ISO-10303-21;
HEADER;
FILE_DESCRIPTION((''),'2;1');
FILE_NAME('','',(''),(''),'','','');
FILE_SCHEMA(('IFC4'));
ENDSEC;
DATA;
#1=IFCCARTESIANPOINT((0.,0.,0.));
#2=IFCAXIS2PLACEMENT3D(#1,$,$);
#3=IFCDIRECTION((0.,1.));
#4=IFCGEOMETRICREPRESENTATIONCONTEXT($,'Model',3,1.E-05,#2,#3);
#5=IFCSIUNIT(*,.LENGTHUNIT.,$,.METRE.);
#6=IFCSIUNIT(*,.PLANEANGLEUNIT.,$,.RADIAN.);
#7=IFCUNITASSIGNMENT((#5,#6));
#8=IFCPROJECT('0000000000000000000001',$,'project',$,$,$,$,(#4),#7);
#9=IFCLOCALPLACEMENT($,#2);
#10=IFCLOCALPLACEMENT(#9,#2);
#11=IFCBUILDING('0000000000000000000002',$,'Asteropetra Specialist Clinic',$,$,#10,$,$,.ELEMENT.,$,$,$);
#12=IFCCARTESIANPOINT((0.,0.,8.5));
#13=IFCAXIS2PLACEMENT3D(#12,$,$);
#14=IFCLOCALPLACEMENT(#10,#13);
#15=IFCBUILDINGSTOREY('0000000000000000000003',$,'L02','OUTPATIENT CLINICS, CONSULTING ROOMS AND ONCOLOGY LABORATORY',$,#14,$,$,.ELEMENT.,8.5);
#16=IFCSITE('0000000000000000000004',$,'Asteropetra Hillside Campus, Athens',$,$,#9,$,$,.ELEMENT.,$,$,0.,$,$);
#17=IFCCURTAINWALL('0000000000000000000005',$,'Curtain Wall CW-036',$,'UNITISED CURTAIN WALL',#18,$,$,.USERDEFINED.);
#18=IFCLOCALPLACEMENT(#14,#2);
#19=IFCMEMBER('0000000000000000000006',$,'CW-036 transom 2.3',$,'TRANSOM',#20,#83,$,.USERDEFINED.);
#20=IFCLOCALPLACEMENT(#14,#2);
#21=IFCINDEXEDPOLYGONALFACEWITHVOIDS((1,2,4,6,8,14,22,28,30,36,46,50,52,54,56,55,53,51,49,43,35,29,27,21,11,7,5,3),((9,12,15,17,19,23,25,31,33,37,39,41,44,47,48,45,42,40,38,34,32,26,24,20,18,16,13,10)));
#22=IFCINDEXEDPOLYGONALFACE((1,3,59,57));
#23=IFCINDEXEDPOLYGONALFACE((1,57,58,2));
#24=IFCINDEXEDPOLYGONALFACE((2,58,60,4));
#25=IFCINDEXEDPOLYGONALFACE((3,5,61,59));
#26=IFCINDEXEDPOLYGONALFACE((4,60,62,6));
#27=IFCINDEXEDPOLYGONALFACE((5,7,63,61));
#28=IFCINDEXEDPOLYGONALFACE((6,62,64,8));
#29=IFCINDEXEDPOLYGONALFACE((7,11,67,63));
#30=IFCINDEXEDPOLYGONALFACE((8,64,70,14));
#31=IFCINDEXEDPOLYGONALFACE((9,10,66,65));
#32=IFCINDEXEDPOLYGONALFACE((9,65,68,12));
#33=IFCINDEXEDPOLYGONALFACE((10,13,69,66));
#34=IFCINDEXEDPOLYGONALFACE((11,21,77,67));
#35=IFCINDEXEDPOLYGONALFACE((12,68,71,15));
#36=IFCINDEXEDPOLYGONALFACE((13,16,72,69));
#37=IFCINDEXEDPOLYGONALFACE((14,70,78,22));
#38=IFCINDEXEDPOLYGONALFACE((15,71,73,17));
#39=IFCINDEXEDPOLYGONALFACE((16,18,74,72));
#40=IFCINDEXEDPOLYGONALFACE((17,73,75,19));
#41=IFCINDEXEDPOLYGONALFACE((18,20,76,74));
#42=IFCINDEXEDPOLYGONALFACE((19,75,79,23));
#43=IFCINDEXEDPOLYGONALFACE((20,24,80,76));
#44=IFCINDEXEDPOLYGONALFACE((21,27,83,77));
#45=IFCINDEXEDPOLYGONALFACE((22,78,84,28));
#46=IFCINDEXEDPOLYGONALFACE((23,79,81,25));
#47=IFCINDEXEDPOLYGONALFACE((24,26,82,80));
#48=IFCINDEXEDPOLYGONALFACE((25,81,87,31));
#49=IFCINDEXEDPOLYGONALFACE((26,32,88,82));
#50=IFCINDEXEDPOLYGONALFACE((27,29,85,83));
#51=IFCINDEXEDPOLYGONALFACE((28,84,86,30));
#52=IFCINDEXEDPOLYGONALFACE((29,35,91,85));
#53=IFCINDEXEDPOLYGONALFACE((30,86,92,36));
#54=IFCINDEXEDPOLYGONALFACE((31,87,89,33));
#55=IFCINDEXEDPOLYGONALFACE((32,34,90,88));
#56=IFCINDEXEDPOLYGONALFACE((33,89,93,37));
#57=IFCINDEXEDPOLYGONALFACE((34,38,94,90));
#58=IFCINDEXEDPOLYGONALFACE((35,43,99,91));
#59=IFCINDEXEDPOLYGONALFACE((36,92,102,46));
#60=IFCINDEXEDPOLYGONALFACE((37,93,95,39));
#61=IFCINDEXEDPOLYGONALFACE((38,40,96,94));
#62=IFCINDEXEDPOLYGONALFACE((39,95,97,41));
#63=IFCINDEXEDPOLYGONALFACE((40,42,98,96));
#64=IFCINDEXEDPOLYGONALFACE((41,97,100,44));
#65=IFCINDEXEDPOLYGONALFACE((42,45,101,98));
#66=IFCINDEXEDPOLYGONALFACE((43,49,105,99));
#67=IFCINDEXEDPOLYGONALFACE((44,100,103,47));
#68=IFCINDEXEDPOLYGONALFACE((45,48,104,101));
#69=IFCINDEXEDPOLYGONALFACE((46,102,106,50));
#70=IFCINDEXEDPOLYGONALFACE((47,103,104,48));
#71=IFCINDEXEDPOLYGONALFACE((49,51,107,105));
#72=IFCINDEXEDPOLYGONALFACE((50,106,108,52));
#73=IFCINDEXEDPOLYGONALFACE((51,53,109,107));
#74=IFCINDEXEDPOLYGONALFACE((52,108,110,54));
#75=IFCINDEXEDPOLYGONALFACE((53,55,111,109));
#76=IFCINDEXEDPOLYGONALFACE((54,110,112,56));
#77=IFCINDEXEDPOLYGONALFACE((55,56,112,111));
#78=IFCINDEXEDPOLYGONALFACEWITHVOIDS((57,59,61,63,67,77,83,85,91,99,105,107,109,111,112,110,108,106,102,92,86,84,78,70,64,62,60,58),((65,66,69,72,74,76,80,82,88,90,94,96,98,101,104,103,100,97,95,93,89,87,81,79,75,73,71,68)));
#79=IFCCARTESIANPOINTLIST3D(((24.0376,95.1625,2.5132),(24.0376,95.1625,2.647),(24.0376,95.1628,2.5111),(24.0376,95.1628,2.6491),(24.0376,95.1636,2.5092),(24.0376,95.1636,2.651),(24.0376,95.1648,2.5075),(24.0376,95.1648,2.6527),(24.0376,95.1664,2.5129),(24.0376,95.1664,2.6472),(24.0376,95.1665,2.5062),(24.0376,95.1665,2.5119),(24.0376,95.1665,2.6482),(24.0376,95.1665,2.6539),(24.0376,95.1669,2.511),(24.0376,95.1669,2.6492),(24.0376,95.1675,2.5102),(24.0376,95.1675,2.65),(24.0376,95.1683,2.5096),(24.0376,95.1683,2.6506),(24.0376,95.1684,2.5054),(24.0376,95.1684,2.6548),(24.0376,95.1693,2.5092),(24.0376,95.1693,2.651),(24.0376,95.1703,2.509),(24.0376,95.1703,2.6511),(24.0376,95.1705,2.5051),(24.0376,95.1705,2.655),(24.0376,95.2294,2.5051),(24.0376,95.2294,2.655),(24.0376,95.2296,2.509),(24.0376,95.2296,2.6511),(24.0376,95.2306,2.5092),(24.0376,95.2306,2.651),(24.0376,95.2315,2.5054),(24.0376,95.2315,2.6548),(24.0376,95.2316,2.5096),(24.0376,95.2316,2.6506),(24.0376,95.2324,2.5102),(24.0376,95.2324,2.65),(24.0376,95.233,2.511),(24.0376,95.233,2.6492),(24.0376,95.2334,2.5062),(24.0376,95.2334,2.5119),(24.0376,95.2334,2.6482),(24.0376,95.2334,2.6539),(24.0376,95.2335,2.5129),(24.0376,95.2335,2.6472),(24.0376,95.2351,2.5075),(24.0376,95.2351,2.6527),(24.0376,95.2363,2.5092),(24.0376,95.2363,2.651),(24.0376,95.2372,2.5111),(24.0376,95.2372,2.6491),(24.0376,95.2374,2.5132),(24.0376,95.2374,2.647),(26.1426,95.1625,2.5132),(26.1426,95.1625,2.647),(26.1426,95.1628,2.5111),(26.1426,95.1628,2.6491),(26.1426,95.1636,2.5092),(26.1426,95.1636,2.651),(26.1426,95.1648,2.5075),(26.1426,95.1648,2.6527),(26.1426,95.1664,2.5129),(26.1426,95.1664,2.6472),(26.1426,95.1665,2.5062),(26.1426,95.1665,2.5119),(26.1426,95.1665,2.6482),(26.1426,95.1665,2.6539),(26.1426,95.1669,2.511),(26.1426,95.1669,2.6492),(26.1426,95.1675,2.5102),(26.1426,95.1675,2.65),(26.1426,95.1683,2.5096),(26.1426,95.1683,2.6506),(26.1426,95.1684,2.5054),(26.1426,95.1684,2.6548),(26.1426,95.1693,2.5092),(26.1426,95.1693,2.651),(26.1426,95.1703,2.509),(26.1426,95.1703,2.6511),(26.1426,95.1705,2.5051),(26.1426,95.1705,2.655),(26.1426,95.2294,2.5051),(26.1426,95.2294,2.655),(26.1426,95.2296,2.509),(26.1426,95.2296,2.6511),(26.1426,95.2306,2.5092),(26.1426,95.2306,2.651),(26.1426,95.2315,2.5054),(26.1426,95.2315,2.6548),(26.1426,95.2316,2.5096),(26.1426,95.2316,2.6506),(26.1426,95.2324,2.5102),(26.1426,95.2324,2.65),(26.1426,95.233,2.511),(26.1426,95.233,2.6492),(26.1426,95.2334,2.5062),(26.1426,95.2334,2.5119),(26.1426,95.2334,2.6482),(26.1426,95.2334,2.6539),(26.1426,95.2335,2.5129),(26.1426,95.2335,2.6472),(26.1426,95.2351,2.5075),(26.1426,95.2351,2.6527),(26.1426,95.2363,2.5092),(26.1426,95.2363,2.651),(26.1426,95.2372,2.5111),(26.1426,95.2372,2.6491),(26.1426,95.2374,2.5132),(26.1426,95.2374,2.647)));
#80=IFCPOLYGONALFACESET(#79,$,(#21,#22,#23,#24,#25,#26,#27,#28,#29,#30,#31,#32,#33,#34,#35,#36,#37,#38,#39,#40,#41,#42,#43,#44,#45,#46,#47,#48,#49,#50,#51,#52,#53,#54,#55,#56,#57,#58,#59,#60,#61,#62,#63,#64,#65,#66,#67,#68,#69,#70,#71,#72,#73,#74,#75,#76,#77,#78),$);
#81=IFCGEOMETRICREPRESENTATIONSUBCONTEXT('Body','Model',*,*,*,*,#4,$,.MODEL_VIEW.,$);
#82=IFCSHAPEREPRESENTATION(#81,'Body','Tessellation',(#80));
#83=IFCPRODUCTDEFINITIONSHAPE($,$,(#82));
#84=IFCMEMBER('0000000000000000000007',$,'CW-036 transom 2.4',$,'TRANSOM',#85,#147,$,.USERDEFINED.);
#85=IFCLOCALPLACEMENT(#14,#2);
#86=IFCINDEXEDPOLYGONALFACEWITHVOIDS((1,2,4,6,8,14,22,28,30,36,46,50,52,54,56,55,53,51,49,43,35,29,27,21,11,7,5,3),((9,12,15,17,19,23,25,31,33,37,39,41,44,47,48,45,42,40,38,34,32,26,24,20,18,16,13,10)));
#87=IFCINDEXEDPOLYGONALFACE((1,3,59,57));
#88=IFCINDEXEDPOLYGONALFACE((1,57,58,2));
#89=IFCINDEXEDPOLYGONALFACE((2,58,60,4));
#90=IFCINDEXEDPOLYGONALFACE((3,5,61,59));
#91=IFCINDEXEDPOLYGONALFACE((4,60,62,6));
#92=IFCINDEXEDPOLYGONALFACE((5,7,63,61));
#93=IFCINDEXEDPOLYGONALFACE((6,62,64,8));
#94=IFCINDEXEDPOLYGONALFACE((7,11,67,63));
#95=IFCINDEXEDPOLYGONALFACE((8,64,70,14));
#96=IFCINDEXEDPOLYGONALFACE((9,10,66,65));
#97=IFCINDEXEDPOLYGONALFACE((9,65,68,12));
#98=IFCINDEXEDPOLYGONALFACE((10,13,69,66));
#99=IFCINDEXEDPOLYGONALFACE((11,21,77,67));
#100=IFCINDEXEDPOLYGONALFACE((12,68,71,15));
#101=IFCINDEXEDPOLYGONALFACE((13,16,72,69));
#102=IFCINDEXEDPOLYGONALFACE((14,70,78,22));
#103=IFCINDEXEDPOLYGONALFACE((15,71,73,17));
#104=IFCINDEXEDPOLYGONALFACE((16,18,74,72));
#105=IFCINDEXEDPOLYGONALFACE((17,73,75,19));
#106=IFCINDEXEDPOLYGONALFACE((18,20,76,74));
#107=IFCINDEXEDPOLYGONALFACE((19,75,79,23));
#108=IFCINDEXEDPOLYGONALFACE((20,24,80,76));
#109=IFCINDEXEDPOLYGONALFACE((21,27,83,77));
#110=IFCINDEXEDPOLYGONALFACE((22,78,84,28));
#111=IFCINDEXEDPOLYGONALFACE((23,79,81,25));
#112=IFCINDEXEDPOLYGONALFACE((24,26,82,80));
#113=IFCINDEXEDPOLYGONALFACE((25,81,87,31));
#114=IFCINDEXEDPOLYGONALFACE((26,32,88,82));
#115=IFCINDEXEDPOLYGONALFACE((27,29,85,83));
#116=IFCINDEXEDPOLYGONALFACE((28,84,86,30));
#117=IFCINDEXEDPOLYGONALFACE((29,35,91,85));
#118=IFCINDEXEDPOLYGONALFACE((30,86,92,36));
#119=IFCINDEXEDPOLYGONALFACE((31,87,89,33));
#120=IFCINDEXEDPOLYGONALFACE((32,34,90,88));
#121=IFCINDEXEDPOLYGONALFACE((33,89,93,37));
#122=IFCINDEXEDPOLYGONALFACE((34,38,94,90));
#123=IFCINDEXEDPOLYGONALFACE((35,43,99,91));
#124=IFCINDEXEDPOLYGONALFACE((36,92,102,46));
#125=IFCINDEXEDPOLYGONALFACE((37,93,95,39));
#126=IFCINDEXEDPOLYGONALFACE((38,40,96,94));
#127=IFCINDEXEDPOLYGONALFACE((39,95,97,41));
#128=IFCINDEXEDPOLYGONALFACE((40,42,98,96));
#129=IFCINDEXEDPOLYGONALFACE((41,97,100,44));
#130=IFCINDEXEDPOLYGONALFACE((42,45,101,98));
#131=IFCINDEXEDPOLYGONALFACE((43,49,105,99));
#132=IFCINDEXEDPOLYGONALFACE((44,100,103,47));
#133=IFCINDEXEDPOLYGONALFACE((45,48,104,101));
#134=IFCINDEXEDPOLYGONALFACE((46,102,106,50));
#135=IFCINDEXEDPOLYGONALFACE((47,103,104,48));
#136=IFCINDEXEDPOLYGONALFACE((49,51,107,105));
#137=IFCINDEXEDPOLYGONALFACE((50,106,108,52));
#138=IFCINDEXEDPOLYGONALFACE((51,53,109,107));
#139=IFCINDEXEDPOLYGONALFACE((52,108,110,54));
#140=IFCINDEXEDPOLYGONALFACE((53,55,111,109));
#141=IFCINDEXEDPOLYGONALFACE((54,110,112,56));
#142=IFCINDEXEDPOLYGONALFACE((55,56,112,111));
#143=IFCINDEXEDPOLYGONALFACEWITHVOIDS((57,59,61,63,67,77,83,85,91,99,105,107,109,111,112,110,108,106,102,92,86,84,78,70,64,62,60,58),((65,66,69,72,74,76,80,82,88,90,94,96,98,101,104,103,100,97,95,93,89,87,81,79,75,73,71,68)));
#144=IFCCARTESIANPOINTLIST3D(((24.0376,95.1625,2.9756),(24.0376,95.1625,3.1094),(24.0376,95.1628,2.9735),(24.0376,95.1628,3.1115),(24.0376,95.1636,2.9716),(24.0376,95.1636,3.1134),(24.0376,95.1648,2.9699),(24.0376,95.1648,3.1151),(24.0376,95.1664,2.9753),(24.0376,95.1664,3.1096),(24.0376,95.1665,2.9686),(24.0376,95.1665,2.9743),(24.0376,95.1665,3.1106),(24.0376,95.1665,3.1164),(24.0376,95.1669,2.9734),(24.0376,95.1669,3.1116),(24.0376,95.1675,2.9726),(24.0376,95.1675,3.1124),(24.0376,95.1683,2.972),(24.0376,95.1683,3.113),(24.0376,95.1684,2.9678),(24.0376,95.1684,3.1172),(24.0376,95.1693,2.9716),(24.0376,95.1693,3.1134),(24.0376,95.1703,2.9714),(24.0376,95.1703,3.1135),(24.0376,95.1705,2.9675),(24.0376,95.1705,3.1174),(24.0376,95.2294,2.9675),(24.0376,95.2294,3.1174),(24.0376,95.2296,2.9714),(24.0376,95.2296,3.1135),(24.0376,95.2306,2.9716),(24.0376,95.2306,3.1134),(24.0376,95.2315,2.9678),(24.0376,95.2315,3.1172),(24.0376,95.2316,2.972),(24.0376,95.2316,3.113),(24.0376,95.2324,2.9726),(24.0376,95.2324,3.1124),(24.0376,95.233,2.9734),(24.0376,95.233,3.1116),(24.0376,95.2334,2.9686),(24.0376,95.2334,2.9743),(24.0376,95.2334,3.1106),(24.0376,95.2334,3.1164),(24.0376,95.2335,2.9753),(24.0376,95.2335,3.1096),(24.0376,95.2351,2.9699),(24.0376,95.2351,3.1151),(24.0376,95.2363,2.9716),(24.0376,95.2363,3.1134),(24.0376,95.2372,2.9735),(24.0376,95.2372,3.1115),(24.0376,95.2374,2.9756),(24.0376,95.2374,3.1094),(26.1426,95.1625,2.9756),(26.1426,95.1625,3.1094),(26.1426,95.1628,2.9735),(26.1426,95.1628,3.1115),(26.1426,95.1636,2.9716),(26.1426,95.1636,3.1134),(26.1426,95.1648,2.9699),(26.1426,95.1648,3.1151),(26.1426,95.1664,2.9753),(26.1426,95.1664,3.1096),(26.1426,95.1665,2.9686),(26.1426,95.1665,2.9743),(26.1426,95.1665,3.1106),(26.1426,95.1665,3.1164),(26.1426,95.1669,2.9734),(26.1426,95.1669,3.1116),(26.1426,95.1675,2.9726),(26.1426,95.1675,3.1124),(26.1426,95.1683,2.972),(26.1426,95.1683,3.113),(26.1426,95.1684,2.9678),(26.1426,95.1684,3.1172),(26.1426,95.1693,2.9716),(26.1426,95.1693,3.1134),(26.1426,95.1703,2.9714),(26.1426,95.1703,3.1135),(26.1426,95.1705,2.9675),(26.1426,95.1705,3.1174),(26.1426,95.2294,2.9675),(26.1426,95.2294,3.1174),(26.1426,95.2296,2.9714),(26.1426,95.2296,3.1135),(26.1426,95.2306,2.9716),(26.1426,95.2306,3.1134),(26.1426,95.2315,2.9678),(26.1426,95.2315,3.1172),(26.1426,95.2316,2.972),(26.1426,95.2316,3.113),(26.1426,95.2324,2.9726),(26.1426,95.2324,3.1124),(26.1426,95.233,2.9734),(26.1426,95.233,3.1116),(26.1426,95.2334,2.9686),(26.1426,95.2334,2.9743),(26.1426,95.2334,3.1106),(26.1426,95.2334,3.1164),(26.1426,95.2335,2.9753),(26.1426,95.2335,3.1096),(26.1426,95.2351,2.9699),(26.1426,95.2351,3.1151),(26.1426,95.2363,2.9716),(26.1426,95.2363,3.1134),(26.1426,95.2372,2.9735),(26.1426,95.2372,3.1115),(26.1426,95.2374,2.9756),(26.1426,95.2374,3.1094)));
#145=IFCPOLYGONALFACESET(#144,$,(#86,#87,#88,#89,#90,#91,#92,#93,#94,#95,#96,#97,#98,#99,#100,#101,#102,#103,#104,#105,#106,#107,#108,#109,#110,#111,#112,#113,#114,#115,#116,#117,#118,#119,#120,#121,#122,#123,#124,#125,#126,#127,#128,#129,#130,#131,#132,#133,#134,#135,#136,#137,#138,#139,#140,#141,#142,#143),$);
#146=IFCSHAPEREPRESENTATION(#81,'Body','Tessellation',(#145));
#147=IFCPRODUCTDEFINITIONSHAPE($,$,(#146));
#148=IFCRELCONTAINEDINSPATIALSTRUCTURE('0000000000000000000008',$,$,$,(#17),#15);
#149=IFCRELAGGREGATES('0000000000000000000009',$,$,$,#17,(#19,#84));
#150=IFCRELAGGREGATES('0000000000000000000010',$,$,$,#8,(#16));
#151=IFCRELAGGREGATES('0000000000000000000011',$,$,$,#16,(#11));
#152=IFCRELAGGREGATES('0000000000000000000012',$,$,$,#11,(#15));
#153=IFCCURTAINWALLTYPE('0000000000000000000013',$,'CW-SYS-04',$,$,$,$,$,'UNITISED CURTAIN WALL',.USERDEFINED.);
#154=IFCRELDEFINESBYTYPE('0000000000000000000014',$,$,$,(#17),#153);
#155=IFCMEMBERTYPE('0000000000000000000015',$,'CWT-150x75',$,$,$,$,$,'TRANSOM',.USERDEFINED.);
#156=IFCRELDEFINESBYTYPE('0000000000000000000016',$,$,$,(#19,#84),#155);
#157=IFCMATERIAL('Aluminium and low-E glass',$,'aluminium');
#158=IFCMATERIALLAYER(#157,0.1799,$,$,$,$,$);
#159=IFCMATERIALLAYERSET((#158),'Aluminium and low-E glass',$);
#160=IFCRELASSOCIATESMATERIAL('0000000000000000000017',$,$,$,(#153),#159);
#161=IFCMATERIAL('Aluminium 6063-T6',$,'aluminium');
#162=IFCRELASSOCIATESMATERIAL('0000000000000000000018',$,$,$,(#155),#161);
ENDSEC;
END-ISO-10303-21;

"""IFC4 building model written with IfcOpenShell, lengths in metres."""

from ifc_helpers import new_model, si_unit, direction, frame, origin, origin_2d, place, context, subcontext, project, spatial, hollow_rectangle, extrude, material, layer, layer_set, material_profile, profile_set, type_object, element, aggregate, save


model = new_model("IFC4")

# Units and contexts
model_context = context("Model", 3, precision=1e-05, world=origin(), true_north=direction((0.0, 1.0)))
body_context = subcontext(model_context, "Body", "Model", "MODEL_VIEW")
ifc_project = project(units=[si_unit("LENGTHUNIT", "METRE"), si_unit("PLANEANGLEUNIT", "RADIAN")], contexts=[model_context])

# Site, building, storey
site_placement = place(None, origin())
site = spatial("IfcSite", under=ifc_project, at=site_placement, Name="Asteropetra Hillside Campus, Athens", CompositionType="ELEMENT", RefElevation=0.0)
building_placement = place(site_placement, origin())
building = spatial("IfcBuilding", under=site, at=building_placement, Name="Asteropetra Specialist Clinic", CompositionType="ELEMENT")
storey_placement = place(building_placement, frame((0.0, 0.0, 8.5)))
storey = spatial("IfcBuildingStorey", under=building, at=storey_placement, Name="L02", Description="OUTPATIENT CLINICS, CONSULTING ROOMS AND ONCOLOGY LABORATORY", CompositionType="ELEMENT", Elevation=8.5)

# Curtain wall, members
ifc_material_1 = material(Name="Aluminium and low-E glass", Category="aluminium")
ifc_layer_1 = layer(ifc_material_1, 0.1799)
ifc_layer_set_1 = layer_set([ifc_layer_1], Name="Aluminium and low-E glass")
curtain_wall_type = type_object("IfcCurtainWallType", Name="CW-SYS-04", ElementType="UNITISED CURTAIN WALL", PredefinedType="USERDEFINED", material=ifc_layer_set_1)
curtain_wall_placement = place(storey_placement, origin())
curtain_wall = element("IfcCurtainWall", 1, at=curtain_wall_placement, inside=storey, type_object=curtain_wall_type, Name="Curtain Wall CW-036", ObjectType="UNITISED CURTAIN WALL", PredefinedType="USERDEFINED")
ifc_material_2 = material(Name="Aluminium 6063-T6", Category="aluminium")
ifc_material_profile_1 = material_profile(ifc_material_2, hollow_rectangle(XDim=0.075, YDim=0.1499, WallThickness=0.0039, InnerFilletRadius=0.0039, OuterFilletRadius=0.0081, at=origin_2d()), Name="TRN 150x75x4.0")
ifc_profile_set_1 = profile_set([ifc_material_profile_1], Name="Aluminium 6063-T6")
member_type_1 = type_object("IfcMemberType", Name="CWT-150x75", ElementType="TRANSOM", PredefinedType="USERDEFINED", material=ifc_profile_set_1)
member_1_placement = place(storey_placement, frame((26.1426, 95.2, 2.5801), z_axis=(-1.0, 0.0, 0.0), x_axis=(0.0, -1.0, 0.0)))
member_1 = element("IfcMember", 2, at=member_1_placement, type_object=member_type_1, Name="CW-036 transom 2.3", ObjectType="TRANSOM", PredefinedType="USERDEFINED", context=body_context, shape_type="SweptSolid", body=[
    extrude(hollow_rectangle(XDim=0.075, YDim=0.1499, WallThickness=0.0039, InnerFilletRadius=0.0039, OuterFilletRadius=0.0081, at=origin_2d()), origin(), (0.0, 0.0, 1.0), 2.105),
])
member_2_placement = place(storey_placement, frame((26.1426, 95.2, 3.0425), z_axis=(-1.0, 0.0, 0.0), x_axis=(0.0, -1.0, 0.0)))
member_2 = element("IfcMember", 3, at=member_2_placement, type_object=member_type_1, Name="CW-036 transom 2.4", ObjectType="TRANSOM", PredefinedType="USERDEFINED", context=body_context, shape_type="SweptSolid", body=[
    extrude(hollow_rectangle(XDim=0.075, YDim=0.1499, WallThickness=0.0039, InnerFilletRadius=0.0039, OuterFilletRadius=0.0081, at=origin_2d()), origin(), (0.0, 0.0, 1.0), 2.105),
])
aggregate(curtain_wall, [member_1, member_2])

save(model, "model.ifc")
